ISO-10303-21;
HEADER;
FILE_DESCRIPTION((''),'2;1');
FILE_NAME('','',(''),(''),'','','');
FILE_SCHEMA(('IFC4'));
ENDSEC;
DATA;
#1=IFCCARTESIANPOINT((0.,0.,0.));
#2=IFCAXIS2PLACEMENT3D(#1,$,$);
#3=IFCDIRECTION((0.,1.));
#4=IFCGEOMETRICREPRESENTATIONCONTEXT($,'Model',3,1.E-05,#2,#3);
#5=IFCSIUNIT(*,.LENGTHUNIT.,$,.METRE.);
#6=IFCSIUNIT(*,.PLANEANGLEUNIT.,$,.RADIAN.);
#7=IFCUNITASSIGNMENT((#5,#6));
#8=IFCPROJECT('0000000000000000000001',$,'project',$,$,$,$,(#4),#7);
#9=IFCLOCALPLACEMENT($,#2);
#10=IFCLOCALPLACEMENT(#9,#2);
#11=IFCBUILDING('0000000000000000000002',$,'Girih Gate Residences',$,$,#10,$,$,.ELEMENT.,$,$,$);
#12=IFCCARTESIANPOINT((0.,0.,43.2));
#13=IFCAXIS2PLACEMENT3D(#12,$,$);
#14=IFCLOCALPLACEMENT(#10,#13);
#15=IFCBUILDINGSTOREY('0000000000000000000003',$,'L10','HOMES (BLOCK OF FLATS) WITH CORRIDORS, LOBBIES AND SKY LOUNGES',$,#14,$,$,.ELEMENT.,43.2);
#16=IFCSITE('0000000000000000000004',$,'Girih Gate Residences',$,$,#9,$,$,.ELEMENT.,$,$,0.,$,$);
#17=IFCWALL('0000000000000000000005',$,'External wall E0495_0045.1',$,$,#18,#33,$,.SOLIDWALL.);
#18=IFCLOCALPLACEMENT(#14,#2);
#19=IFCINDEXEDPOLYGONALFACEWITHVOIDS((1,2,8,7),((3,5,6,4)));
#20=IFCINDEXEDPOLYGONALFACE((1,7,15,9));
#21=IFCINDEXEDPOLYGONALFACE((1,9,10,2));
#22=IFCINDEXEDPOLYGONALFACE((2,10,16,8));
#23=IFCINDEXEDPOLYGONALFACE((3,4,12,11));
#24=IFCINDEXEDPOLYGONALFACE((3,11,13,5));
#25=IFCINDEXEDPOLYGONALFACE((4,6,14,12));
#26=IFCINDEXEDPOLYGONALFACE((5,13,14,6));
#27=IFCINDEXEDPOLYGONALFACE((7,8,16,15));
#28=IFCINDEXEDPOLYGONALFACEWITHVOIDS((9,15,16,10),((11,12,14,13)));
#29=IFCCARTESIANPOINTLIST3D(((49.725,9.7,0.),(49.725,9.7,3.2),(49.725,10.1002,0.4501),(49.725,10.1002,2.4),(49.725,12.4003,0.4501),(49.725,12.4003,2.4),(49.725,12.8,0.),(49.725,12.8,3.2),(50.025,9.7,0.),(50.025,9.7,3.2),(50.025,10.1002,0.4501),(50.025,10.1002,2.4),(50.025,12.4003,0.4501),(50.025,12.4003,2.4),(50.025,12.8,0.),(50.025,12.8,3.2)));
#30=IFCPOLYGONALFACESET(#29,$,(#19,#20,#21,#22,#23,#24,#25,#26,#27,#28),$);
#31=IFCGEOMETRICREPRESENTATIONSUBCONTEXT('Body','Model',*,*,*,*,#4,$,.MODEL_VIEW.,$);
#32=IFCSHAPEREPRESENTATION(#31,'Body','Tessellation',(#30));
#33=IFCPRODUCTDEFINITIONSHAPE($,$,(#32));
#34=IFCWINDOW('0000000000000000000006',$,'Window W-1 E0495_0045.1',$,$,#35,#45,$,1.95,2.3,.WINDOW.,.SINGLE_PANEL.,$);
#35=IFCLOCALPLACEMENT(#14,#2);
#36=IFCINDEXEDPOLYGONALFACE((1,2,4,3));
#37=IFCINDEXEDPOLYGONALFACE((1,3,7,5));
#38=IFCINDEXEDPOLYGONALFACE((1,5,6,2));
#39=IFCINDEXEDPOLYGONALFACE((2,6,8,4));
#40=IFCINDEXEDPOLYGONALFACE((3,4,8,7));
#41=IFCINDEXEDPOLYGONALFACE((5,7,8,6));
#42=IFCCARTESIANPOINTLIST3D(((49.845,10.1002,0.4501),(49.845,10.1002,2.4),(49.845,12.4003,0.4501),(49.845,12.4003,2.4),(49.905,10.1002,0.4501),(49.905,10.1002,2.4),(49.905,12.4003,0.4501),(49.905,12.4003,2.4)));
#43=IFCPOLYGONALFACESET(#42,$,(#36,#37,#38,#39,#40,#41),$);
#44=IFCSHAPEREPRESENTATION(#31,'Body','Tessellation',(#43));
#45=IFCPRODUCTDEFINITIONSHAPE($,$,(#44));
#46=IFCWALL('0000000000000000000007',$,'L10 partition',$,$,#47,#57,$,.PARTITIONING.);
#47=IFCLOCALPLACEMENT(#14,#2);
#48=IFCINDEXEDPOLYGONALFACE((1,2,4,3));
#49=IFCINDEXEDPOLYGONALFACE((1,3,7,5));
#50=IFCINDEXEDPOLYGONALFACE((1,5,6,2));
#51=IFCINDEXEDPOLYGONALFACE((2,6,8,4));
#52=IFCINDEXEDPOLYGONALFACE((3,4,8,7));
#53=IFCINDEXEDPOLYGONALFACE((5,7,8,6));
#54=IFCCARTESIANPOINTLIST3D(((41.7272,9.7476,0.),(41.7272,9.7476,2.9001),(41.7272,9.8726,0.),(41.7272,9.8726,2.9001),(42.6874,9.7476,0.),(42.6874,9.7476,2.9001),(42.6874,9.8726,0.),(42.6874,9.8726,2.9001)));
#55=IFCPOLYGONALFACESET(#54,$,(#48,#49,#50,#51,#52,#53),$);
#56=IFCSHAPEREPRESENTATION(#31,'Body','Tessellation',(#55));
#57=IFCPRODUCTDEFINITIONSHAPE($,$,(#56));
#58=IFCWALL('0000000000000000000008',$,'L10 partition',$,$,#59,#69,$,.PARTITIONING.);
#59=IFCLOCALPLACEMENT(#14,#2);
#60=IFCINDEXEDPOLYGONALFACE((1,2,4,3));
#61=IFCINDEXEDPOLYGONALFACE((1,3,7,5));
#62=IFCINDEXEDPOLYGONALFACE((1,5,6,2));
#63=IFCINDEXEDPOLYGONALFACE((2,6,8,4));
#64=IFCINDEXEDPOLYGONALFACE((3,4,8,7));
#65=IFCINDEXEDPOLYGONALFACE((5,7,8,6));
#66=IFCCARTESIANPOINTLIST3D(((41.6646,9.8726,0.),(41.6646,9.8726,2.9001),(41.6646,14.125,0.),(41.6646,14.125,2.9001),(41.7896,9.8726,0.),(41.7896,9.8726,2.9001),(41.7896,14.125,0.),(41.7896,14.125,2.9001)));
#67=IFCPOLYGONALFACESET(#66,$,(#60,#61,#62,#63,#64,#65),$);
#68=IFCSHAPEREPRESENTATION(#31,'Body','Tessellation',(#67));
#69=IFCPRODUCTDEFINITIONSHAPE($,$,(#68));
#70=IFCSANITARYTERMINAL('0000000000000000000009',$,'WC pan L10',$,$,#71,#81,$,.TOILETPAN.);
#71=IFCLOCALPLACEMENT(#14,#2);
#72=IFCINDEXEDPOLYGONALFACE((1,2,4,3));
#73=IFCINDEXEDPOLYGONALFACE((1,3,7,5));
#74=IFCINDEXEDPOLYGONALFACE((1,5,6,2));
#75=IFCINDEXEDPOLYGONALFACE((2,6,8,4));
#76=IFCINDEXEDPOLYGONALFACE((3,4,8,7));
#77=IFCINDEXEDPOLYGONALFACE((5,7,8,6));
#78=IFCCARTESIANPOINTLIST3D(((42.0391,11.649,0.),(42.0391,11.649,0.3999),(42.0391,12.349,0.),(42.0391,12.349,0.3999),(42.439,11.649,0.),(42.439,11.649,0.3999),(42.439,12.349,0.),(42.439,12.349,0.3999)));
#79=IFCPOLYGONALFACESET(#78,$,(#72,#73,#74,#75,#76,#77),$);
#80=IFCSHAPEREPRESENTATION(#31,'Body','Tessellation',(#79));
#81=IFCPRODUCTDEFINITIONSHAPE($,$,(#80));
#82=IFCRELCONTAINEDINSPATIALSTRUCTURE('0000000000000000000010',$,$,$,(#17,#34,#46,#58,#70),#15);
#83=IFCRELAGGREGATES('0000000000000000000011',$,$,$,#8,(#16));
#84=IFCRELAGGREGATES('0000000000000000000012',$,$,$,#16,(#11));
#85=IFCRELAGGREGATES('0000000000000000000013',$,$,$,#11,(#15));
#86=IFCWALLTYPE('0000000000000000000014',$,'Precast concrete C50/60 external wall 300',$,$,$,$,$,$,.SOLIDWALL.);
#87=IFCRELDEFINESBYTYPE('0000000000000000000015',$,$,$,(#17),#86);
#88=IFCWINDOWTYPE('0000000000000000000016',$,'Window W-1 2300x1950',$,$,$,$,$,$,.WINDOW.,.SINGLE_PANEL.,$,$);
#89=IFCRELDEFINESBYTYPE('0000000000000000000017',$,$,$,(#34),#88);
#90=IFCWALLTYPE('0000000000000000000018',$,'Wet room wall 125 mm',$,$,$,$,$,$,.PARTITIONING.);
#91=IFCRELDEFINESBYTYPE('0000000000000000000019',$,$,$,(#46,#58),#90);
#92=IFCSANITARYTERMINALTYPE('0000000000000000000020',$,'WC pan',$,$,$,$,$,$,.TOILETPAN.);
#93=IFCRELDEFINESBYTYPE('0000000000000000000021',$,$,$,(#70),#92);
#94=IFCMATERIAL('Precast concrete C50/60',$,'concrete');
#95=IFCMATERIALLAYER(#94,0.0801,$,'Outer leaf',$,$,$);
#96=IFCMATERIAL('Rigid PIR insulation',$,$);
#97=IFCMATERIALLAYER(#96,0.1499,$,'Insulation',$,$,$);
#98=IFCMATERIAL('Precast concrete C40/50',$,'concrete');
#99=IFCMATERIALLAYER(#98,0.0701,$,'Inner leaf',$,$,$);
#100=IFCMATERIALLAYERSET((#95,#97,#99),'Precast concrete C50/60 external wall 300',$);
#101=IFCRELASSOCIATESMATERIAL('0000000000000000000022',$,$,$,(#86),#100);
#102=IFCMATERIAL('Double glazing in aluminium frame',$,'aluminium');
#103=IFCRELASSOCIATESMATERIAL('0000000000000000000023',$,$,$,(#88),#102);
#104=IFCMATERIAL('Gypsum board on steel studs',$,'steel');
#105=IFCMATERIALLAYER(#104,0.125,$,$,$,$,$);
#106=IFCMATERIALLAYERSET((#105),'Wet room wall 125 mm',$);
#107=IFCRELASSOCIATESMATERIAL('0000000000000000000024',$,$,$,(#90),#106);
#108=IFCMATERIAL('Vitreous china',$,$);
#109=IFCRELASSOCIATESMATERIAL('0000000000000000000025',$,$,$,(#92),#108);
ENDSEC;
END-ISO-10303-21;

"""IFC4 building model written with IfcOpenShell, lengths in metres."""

from ifc_helpers import new_model, si_unit, direction, frame, frame_2d, origin, origin_2d, place, context, subcontext, project, spatial, rectangle, extrude, material, layer, layer_set, type_object, element, fill, save


model = new_model("IFC4")

# Units and contexts
model_context = context("Model", 3, precision=1e-05, world=origin(), true_north=direction((0.0, 1.0)))
body_context = subcontext(model_context, "Body", "Model", "MODEL_VIEW")
ifc_project = project(units=[si_unit("LENGTHUNIT", "METRE"), si_unit("PLANEANGLEUNIT", "RADIAN")], contexts=[model_context])

# Site, building, storey
site_placement = place(None, origin())
site = spatial("IfcSite", under=ifc_project, at=site_placement, Name="Girih Gate Residences", CompositionType="ELEMENT", RefElevation=0.0)
building_placement = place(site_placement, origin())
building = spatial("IfcBuilding", under=site, at=building_placement, Name="Girih Gate Residences", CompositionType="ELEMENT")
storey_placement = place(building_placement, frame((0.0, 0.0, 43.2)))
storey = spatial("IfcBuildingStorey", under=building, at=storey_placement, Name="L10", Description="HOMES (BLOCK OF FLATS) WITH CORRIDORS, LOBBIES AND SKY LOUNGES", CompositionType="ELEMENT", Elevation=43.2)

# Shared definitions
ifc_material_1 = material(Name="Gypsum board on steel studs", Category="steel")

# Wall, opening, window
ifc_material_2 = material(Name="Precast concrete C50/60", Category="concrete")
ifc_layer_1 = layer(ifc_material_2, 0.0801, Name="Outer leaf")
ifc_material_3 = material(Name="Rigid PIR insulation")
ifc_layer_2 = layer(ifc_material_3, 0.1499, Name="Insulation")
ifc_material_4 = material(Name="Precast concrete C40/50", Category="concrete")
ifc_layer_3 = layer(ifc_material_4, 0.0701, Name="Inner leaf")
ifc_layer_set_1 = layer_set([ifc_layer_1, ifc_layer_2, ifc_layer_3], Name="Precast concrete C50/60 external wall 300")
wall_type_1 = type_object("IfcWallType", Name="Precast concrete C50/60 external wall 300", PredefinedType="SOLIDWALL", material=ifc_layer_set_1)
wall_1_placement = place(storey_placement, frame((49.875, 12.8, 0.0), z_axis=(0.0, 0.0, 1.0), x_axis=(0.0, -1.0, 0.0)))
wall_1 = element("IfcWall", 1, at=wall_1_placement, inside=storey, type_object=wall_type_1, Name="External wall E0495_0045.1", PredefinedType="SOLIDWALL", context=body_context, shape_type="SweptSolid", body=[
    extrude(rectangle(XDim=3.1001, YDim=0.3, at=frame_2d((1.55, 0.0))), origin(), (0.0, 0.0, 1.0), 3.2),
])
opening_1_placement = place(wall_1_placement, frame((0.3999, 0.0, 0.45)))
opening_1 = element("IfcOpeningElement", 2, at=opening_1_placement, cuts=wall_1, PredefinedType="OPENING", context=body_context, shape_type="SweptSolid", body=[
    extrude(rectangle(XDim=2.3, YDim=1.95, at=frame_2d((1.1499, 0.9751))), frame((0.0, 0.1599, 0.0), z_axis=(0.0, -1.0, 0.0), x_axis=(1.0, 0.0, 0.0)), (0.0, 0.0, 1.0), 0.3201),
])
ifc_material_5 = material(Name="Double glazing in aluminium frame", Category="aluminium")
window_type = type_object("IfcWindowType", Name="Window W-1 2300x1950", PartitioningType="SINGLE_PANEL", PredefinedType="WINDOW", material=ifc_material_5)
window_placement = place(opening_1_placement, origin())
window = element("IfcWindow", 3, at=window_placement, inside=storey, type_object=window_type, Name="Window W-1 E0495_0045.1", OverallHeight=1.95, OverallWidth=2.3, PartitioningType="SINGLE_PANEL", PredefinedType="WINDOW", context=body_context, shape_type="SweptSolid", body=[
    extrude(rectangle(XDim=2.3, YDim=1.95, at=frame_2d((1.1499, 0.9751))), frame((0.0, 0.03, 0.0), z_axis=(0.0, -1.0, 0.0), x_axis=(1.0, 0.0, 0.0)), (0.0, 0.0, 1.0), 0.0601),
])
fill(opening_1, window)

# Walls
ifc_layer_4 = layer(ifc_material_1, 0.125)
ifc_layer_set_2 = layer_set([ifc_layer_4], Name="Wet room wall 125 mm")
wall_type_2 = type_object("IfcWallType", Name="Wet room wall 125 mm", PredefinedType="PARTITIONING", material=ifc_layer_set_2)
wall_2_placement = place(storey_placement, frame((41.7273, 9.8101, 0.0), z_axis=(0.0, 0.0, 1.0), x_axis=(1.0, 0.0, 0.0)))
element("IfcWall", 4, at=wall_2_placement, inside=storey, type_object=wall_type_2, Name="L10 partition", PredefinedType="PARTITIONING", context=body_context, shape_type="SweptSolid", body=[
    extrude(rectangle(XDim=0.9602, YDim=0.125, at=frame_2d((0.48, 0.0))), origin(), (0.0, 0.0, 1.0), 2.9001),
])
wall_3_placement = place(storey_placement, frame((41.7271, 9.8726, 0.0), z_axis=(0.0, 0.0, 1.0), x_axis=(0.0, 1.0, 0.0)))
element("IfcWall", 5, at=wall_3_placement, inside=storey, type_object=wall_type_2, Name="L10 partition", PredefinedType="PARTITIONING", context=body_context, shape_type="SweptSolid", body=[
    extrude(rectangle(XDim=4.2524, YDim=0.125, at=frame_2d((2.1262, 0.0))), origin(), (0.0, 0.0, 1.0), 2.9001),
])

# Sanitary terminal
ifc_material_6 = material(Name="Vitreous china")
sanitary_terminal_type = type_object("IfcSanitaryTerminalType", Name="WC pan", PredefinedType="TOILETPAN", material=ifc_material_6)
sanitary_terminal_placement = place(storey_placement, frame((42.239, 11.999, 0.0), z_axis=(0.0, 0.0, 1.0), x_axis=(1.0, 0.0, 0.0)))
element("IfcSanitaryTerminal", 6, at=sanitary_terminal_placement, inside=storey, type_object=sanitary_terminal_type, Name="WC pan L10", PredefinedType="TOILETPAN", context=body_context, shape_type="SweptSolid", body=[
    extrude(rectangle(XDim=0.3999, YDim=0.7, at=origin_2d()), origin(), (0.0, 0.0, 1.0), 0.3999),
])

save(model, "model.ifc")
